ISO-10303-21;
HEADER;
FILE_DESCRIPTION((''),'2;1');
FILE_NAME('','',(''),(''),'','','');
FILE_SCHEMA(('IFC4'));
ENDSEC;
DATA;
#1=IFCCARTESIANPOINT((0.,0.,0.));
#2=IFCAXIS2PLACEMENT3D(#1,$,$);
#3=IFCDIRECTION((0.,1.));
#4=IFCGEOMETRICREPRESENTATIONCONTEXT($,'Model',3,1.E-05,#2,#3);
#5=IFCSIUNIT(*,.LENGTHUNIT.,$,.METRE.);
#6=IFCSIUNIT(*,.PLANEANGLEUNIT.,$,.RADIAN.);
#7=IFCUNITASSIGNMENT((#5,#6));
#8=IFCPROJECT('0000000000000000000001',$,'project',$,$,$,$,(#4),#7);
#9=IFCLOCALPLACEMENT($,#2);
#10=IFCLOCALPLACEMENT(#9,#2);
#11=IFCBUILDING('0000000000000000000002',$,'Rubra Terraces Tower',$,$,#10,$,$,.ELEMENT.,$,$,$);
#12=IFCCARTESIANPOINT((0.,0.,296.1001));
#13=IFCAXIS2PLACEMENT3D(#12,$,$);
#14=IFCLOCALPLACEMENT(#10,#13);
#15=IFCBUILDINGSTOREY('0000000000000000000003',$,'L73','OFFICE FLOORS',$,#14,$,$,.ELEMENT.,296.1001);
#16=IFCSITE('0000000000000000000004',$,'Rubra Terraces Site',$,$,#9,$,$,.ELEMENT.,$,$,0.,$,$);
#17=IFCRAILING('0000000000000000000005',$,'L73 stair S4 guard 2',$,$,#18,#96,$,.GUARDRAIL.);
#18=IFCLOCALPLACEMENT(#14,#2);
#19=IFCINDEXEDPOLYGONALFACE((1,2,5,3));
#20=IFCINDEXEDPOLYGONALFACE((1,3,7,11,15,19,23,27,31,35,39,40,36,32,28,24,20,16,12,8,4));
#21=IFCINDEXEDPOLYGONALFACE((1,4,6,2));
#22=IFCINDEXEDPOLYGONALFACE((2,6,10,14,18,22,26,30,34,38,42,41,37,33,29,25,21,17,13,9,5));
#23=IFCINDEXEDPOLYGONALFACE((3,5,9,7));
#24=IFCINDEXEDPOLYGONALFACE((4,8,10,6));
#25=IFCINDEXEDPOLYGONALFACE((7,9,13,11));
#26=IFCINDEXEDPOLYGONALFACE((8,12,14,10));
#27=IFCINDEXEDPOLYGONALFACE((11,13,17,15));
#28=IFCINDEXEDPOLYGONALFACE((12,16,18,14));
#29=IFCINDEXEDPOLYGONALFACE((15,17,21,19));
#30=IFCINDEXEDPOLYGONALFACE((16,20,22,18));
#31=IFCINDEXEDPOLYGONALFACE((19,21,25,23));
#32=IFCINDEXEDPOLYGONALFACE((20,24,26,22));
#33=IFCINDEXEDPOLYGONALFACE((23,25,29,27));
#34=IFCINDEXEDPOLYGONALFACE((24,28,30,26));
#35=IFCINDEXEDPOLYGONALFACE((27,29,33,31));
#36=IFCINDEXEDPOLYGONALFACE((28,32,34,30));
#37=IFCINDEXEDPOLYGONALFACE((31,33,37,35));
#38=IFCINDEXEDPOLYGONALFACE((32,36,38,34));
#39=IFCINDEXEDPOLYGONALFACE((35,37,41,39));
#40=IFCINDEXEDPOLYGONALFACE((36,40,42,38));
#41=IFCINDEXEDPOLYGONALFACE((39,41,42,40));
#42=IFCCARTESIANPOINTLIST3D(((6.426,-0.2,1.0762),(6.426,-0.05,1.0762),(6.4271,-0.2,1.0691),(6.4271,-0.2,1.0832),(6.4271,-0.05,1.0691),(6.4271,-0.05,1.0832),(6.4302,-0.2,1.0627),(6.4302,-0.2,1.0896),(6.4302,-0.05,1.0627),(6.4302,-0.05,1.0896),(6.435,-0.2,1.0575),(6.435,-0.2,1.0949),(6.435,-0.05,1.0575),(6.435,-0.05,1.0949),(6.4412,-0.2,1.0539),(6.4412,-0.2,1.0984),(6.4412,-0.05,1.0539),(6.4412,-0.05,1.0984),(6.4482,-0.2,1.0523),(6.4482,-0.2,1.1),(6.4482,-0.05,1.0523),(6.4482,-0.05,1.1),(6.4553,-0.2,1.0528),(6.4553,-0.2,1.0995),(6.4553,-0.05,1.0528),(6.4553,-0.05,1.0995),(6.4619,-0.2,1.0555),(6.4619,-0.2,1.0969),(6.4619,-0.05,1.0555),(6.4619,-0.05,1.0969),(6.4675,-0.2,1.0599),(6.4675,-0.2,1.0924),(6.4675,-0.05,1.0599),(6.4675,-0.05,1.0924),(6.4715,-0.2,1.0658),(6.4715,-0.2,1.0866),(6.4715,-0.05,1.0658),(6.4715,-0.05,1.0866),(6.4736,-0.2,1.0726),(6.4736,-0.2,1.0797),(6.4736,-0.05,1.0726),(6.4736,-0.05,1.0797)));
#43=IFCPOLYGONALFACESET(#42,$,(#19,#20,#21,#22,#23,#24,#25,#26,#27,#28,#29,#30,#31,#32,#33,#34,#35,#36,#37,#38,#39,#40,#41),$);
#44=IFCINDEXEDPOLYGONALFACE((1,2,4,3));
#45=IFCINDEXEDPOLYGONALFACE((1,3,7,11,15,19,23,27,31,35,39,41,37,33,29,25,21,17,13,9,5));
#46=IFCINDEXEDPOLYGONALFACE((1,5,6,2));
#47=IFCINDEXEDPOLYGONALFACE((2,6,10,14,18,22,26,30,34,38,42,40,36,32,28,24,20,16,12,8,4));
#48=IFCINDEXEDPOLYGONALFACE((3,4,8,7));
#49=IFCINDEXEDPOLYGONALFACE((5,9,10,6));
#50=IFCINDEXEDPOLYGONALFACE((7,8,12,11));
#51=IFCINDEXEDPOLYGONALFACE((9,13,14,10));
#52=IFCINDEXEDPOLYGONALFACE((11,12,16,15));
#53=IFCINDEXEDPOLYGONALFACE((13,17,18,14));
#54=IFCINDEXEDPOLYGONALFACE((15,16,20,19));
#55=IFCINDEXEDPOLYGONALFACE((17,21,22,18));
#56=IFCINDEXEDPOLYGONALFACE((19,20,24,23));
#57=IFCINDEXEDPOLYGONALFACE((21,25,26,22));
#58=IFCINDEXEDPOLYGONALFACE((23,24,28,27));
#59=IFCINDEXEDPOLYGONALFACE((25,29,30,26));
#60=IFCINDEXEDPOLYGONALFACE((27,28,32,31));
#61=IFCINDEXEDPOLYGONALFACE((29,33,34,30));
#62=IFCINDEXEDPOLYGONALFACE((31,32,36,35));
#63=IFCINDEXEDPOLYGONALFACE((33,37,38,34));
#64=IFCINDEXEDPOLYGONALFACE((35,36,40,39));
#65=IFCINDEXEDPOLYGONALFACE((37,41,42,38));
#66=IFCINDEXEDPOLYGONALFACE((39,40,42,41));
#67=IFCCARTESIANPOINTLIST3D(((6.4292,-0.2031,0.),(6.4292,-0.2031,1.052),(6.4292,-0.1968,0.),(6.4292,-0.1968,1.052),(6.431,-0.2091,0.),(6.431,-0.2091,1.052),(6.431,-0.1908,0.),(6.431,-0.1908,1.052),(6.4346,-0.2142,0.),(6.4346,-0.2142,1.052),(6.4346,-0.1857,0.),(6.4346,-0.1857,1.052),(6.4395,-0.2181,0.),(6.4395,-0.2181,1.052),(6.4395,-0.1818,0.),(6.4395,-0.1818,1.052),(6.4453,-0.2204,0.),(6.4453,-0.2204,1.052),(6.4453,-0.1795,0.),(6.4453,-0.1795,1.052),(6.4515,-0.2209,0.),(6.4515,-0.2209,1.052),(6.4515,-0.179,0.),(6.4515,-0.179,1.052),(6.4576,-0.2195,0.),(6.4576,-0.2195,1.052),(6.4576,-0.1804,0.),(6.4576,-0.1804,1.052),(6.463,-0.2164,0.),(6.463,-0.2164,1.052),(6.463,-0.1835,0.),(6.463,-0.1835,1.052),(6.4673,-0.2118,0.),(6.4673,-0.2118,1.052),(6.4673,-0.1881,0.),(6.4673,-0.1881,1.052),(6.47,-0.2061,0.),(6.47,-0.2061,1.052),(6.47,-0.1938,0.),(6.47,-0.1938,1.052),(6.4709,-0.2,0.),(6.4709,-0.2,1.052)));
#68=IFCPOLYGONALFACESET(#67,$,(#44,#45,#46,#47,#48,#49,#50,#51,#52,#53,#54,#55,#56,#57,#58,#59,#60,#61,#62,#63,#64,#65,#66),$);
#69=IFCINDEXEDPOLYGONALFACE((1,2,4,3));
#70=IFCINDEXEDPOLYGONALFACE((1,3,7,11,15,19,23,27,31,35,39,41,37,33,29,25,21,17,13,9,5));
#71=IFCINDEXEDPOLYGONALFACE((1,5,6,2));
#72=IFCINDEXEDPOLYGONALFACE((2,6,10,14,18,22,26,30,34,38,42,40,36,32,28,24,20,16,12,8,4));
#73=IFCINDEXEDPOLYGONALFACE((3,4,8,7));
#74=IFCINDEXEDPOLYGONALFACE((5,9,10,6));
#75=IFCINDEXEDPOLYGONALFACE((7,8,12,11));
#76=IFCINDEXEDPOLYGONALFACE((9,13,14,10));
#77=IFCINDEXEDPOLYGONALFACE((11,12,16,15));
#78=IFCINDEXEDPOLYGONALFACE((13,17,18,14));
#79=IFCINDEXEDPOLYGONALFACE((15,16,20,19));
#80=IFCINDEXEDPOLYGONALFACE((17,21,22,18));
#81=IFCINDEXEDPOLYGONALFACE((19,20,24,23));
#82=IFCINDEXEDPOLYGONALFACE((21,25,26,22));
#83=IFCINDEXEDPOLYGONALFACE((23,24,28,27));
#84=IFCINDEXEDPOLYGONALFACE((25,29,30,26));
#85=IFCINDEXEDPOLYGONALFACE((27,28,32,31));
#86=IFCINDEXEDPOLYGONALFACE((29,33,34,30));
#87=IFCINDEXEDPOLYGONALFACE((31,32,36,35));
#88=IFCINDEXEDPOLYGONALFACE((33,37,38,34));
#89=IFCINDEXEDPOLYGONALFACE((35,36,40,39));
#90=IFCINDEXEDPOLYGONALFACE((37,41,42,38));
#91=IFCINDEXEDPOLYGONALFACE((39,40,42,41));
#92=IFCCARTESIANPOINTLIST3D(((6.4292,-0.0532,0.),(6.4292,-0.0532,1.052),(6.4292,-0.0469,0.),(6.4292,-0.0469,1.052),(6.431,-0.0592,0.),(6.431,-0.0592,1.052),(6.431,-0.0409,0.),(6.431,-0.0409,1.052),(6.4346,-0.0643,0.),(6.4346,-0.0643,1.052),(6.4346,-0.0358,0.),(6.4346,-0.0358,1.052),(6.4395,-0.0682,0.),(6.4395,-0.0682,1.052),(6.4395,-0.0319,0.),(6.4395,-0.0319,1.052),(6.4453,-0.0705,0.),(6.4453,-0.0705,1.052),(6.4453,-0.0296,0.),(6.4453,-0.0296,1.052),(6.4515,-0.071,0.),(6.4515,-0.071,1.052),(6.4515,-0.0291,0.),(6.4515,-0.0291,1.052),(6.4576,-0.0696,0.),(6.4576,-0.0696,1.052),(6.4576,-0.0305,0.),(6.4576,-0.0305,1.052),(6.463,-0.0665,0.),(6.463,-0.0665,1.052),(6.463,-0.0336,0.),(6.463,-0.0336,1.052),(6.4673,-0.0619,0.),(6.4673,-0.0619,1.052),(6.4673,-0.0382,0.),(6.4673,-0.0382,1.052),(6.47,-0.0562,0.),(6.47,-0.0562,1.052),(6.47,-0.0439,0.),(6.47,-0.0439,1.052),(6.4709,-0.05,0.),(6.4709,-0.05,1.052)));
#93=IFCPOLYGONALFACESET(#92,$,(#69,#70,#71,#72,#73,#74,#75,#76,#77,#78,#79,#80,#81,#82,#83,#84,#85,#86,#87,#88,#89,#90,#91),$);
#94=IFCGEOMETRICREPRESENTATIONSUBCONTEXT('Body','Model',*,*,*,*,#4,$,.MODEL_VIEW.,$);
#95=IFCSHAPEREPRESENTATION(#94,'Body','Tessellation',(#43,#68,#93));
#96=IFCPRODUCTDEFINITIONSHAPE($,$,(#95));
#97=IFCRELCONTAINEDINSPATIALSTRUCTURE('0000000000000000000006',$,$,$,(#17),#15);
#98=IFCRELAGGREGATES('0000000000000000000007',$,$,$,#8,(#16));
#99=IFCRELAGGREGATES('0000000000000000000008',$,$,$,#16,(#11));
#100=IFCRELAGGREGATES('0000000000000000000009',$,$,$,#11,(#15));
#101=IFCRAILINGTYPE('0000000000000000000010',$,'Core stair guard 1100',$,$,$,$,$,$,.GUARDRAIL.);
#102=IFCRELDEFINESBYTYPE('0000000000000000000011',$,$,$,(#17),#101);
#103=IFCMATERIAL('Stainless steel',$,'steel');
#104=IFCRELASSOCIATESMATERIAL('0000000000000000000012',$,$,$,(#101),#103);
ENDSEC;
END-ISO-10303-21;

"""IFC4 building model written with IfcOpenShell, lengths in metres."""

from ifc_helpers import new_model, si_unit, direction, frame, origin, origin_2d, place, context, subcontext, project, spatial, circle, extrude, material, type_object, element, save


model = new_model("IFC4")

# Units and contexts
model_context = context("Model", 3, precision=1e-05, world=origin(), true_north=direction((0.0, 1.0)))
body_context = subcontext(model_context, "Body", "Model", "MODEL_VIEW")
ifc_project = project(units=[si_unit("LENGTHUNIT", "METRE"), si_unit("PLANEANGLEUNIT", "RADIAN")], contexts=[model_context])

# Site, building, storey
site_placement = place(None, origin())
site = spatial("IfcSite", under=ifc_project, at=site_placement, Name="Rubra Terraces Site", CompositionType="ELEMENT", RefElevation=0.0)
building_placement = place(site_placement, origin())
building = spatial("IfcBuilding", under=site, at=building_placement, Name="Rubra Terraces Tower", CompositionType="ELEMENT")
storey_placement = place(building_placement, frame((0.0, 0.0, 296.1001)))
storey = spatial("IfcBuildingStorey", under=building, at=storey_placement, Name="L73", Description="OFFICE FLOORS", CompositionType="ELEMENT", Elevation=296.1001)

# Railing
ifc_material_1 = material(Name="Stainless steel", Category="steel")
railing_type_1 = type_object("IfcRailingType", Name="Core stair guard 1100", PredefinedType="GUARDRAIL", material=ifc_material_1)
railing_1_placement = place(storey_placement, frame((6.45, -0.2, 0.0)))
element("IfcRailing", 1, at=railing_1_placement, inside=storey, type_object=railing_type_1, Name="L73 stair S4 guard 2", PredefinedType="GUARDRAIL", context=body_context, shape_type="SweptSolid", body=[
    extrude(circle(Radius=0.0239, at=origin_2d()), frame((0.0, 0.0, 1.0762), z_axis=(0.0, 1.0, 0.0), x_axis=(-1.0, 0.0, 0.0)), (0.0, 0.0, 1.0), 0.1499),
    extrude(circle(Radius=0.021, at=origin_2d()), origin(), (0.0, 0.0, 1.0), 1.052),
    extrude(circle(Radius=0.021, at=origin_2d()), frame((0.0, 0.1499, 0.0)), (0.0, 0.0, 1.0), 1.052),
])

save(model, "model.ifc")
